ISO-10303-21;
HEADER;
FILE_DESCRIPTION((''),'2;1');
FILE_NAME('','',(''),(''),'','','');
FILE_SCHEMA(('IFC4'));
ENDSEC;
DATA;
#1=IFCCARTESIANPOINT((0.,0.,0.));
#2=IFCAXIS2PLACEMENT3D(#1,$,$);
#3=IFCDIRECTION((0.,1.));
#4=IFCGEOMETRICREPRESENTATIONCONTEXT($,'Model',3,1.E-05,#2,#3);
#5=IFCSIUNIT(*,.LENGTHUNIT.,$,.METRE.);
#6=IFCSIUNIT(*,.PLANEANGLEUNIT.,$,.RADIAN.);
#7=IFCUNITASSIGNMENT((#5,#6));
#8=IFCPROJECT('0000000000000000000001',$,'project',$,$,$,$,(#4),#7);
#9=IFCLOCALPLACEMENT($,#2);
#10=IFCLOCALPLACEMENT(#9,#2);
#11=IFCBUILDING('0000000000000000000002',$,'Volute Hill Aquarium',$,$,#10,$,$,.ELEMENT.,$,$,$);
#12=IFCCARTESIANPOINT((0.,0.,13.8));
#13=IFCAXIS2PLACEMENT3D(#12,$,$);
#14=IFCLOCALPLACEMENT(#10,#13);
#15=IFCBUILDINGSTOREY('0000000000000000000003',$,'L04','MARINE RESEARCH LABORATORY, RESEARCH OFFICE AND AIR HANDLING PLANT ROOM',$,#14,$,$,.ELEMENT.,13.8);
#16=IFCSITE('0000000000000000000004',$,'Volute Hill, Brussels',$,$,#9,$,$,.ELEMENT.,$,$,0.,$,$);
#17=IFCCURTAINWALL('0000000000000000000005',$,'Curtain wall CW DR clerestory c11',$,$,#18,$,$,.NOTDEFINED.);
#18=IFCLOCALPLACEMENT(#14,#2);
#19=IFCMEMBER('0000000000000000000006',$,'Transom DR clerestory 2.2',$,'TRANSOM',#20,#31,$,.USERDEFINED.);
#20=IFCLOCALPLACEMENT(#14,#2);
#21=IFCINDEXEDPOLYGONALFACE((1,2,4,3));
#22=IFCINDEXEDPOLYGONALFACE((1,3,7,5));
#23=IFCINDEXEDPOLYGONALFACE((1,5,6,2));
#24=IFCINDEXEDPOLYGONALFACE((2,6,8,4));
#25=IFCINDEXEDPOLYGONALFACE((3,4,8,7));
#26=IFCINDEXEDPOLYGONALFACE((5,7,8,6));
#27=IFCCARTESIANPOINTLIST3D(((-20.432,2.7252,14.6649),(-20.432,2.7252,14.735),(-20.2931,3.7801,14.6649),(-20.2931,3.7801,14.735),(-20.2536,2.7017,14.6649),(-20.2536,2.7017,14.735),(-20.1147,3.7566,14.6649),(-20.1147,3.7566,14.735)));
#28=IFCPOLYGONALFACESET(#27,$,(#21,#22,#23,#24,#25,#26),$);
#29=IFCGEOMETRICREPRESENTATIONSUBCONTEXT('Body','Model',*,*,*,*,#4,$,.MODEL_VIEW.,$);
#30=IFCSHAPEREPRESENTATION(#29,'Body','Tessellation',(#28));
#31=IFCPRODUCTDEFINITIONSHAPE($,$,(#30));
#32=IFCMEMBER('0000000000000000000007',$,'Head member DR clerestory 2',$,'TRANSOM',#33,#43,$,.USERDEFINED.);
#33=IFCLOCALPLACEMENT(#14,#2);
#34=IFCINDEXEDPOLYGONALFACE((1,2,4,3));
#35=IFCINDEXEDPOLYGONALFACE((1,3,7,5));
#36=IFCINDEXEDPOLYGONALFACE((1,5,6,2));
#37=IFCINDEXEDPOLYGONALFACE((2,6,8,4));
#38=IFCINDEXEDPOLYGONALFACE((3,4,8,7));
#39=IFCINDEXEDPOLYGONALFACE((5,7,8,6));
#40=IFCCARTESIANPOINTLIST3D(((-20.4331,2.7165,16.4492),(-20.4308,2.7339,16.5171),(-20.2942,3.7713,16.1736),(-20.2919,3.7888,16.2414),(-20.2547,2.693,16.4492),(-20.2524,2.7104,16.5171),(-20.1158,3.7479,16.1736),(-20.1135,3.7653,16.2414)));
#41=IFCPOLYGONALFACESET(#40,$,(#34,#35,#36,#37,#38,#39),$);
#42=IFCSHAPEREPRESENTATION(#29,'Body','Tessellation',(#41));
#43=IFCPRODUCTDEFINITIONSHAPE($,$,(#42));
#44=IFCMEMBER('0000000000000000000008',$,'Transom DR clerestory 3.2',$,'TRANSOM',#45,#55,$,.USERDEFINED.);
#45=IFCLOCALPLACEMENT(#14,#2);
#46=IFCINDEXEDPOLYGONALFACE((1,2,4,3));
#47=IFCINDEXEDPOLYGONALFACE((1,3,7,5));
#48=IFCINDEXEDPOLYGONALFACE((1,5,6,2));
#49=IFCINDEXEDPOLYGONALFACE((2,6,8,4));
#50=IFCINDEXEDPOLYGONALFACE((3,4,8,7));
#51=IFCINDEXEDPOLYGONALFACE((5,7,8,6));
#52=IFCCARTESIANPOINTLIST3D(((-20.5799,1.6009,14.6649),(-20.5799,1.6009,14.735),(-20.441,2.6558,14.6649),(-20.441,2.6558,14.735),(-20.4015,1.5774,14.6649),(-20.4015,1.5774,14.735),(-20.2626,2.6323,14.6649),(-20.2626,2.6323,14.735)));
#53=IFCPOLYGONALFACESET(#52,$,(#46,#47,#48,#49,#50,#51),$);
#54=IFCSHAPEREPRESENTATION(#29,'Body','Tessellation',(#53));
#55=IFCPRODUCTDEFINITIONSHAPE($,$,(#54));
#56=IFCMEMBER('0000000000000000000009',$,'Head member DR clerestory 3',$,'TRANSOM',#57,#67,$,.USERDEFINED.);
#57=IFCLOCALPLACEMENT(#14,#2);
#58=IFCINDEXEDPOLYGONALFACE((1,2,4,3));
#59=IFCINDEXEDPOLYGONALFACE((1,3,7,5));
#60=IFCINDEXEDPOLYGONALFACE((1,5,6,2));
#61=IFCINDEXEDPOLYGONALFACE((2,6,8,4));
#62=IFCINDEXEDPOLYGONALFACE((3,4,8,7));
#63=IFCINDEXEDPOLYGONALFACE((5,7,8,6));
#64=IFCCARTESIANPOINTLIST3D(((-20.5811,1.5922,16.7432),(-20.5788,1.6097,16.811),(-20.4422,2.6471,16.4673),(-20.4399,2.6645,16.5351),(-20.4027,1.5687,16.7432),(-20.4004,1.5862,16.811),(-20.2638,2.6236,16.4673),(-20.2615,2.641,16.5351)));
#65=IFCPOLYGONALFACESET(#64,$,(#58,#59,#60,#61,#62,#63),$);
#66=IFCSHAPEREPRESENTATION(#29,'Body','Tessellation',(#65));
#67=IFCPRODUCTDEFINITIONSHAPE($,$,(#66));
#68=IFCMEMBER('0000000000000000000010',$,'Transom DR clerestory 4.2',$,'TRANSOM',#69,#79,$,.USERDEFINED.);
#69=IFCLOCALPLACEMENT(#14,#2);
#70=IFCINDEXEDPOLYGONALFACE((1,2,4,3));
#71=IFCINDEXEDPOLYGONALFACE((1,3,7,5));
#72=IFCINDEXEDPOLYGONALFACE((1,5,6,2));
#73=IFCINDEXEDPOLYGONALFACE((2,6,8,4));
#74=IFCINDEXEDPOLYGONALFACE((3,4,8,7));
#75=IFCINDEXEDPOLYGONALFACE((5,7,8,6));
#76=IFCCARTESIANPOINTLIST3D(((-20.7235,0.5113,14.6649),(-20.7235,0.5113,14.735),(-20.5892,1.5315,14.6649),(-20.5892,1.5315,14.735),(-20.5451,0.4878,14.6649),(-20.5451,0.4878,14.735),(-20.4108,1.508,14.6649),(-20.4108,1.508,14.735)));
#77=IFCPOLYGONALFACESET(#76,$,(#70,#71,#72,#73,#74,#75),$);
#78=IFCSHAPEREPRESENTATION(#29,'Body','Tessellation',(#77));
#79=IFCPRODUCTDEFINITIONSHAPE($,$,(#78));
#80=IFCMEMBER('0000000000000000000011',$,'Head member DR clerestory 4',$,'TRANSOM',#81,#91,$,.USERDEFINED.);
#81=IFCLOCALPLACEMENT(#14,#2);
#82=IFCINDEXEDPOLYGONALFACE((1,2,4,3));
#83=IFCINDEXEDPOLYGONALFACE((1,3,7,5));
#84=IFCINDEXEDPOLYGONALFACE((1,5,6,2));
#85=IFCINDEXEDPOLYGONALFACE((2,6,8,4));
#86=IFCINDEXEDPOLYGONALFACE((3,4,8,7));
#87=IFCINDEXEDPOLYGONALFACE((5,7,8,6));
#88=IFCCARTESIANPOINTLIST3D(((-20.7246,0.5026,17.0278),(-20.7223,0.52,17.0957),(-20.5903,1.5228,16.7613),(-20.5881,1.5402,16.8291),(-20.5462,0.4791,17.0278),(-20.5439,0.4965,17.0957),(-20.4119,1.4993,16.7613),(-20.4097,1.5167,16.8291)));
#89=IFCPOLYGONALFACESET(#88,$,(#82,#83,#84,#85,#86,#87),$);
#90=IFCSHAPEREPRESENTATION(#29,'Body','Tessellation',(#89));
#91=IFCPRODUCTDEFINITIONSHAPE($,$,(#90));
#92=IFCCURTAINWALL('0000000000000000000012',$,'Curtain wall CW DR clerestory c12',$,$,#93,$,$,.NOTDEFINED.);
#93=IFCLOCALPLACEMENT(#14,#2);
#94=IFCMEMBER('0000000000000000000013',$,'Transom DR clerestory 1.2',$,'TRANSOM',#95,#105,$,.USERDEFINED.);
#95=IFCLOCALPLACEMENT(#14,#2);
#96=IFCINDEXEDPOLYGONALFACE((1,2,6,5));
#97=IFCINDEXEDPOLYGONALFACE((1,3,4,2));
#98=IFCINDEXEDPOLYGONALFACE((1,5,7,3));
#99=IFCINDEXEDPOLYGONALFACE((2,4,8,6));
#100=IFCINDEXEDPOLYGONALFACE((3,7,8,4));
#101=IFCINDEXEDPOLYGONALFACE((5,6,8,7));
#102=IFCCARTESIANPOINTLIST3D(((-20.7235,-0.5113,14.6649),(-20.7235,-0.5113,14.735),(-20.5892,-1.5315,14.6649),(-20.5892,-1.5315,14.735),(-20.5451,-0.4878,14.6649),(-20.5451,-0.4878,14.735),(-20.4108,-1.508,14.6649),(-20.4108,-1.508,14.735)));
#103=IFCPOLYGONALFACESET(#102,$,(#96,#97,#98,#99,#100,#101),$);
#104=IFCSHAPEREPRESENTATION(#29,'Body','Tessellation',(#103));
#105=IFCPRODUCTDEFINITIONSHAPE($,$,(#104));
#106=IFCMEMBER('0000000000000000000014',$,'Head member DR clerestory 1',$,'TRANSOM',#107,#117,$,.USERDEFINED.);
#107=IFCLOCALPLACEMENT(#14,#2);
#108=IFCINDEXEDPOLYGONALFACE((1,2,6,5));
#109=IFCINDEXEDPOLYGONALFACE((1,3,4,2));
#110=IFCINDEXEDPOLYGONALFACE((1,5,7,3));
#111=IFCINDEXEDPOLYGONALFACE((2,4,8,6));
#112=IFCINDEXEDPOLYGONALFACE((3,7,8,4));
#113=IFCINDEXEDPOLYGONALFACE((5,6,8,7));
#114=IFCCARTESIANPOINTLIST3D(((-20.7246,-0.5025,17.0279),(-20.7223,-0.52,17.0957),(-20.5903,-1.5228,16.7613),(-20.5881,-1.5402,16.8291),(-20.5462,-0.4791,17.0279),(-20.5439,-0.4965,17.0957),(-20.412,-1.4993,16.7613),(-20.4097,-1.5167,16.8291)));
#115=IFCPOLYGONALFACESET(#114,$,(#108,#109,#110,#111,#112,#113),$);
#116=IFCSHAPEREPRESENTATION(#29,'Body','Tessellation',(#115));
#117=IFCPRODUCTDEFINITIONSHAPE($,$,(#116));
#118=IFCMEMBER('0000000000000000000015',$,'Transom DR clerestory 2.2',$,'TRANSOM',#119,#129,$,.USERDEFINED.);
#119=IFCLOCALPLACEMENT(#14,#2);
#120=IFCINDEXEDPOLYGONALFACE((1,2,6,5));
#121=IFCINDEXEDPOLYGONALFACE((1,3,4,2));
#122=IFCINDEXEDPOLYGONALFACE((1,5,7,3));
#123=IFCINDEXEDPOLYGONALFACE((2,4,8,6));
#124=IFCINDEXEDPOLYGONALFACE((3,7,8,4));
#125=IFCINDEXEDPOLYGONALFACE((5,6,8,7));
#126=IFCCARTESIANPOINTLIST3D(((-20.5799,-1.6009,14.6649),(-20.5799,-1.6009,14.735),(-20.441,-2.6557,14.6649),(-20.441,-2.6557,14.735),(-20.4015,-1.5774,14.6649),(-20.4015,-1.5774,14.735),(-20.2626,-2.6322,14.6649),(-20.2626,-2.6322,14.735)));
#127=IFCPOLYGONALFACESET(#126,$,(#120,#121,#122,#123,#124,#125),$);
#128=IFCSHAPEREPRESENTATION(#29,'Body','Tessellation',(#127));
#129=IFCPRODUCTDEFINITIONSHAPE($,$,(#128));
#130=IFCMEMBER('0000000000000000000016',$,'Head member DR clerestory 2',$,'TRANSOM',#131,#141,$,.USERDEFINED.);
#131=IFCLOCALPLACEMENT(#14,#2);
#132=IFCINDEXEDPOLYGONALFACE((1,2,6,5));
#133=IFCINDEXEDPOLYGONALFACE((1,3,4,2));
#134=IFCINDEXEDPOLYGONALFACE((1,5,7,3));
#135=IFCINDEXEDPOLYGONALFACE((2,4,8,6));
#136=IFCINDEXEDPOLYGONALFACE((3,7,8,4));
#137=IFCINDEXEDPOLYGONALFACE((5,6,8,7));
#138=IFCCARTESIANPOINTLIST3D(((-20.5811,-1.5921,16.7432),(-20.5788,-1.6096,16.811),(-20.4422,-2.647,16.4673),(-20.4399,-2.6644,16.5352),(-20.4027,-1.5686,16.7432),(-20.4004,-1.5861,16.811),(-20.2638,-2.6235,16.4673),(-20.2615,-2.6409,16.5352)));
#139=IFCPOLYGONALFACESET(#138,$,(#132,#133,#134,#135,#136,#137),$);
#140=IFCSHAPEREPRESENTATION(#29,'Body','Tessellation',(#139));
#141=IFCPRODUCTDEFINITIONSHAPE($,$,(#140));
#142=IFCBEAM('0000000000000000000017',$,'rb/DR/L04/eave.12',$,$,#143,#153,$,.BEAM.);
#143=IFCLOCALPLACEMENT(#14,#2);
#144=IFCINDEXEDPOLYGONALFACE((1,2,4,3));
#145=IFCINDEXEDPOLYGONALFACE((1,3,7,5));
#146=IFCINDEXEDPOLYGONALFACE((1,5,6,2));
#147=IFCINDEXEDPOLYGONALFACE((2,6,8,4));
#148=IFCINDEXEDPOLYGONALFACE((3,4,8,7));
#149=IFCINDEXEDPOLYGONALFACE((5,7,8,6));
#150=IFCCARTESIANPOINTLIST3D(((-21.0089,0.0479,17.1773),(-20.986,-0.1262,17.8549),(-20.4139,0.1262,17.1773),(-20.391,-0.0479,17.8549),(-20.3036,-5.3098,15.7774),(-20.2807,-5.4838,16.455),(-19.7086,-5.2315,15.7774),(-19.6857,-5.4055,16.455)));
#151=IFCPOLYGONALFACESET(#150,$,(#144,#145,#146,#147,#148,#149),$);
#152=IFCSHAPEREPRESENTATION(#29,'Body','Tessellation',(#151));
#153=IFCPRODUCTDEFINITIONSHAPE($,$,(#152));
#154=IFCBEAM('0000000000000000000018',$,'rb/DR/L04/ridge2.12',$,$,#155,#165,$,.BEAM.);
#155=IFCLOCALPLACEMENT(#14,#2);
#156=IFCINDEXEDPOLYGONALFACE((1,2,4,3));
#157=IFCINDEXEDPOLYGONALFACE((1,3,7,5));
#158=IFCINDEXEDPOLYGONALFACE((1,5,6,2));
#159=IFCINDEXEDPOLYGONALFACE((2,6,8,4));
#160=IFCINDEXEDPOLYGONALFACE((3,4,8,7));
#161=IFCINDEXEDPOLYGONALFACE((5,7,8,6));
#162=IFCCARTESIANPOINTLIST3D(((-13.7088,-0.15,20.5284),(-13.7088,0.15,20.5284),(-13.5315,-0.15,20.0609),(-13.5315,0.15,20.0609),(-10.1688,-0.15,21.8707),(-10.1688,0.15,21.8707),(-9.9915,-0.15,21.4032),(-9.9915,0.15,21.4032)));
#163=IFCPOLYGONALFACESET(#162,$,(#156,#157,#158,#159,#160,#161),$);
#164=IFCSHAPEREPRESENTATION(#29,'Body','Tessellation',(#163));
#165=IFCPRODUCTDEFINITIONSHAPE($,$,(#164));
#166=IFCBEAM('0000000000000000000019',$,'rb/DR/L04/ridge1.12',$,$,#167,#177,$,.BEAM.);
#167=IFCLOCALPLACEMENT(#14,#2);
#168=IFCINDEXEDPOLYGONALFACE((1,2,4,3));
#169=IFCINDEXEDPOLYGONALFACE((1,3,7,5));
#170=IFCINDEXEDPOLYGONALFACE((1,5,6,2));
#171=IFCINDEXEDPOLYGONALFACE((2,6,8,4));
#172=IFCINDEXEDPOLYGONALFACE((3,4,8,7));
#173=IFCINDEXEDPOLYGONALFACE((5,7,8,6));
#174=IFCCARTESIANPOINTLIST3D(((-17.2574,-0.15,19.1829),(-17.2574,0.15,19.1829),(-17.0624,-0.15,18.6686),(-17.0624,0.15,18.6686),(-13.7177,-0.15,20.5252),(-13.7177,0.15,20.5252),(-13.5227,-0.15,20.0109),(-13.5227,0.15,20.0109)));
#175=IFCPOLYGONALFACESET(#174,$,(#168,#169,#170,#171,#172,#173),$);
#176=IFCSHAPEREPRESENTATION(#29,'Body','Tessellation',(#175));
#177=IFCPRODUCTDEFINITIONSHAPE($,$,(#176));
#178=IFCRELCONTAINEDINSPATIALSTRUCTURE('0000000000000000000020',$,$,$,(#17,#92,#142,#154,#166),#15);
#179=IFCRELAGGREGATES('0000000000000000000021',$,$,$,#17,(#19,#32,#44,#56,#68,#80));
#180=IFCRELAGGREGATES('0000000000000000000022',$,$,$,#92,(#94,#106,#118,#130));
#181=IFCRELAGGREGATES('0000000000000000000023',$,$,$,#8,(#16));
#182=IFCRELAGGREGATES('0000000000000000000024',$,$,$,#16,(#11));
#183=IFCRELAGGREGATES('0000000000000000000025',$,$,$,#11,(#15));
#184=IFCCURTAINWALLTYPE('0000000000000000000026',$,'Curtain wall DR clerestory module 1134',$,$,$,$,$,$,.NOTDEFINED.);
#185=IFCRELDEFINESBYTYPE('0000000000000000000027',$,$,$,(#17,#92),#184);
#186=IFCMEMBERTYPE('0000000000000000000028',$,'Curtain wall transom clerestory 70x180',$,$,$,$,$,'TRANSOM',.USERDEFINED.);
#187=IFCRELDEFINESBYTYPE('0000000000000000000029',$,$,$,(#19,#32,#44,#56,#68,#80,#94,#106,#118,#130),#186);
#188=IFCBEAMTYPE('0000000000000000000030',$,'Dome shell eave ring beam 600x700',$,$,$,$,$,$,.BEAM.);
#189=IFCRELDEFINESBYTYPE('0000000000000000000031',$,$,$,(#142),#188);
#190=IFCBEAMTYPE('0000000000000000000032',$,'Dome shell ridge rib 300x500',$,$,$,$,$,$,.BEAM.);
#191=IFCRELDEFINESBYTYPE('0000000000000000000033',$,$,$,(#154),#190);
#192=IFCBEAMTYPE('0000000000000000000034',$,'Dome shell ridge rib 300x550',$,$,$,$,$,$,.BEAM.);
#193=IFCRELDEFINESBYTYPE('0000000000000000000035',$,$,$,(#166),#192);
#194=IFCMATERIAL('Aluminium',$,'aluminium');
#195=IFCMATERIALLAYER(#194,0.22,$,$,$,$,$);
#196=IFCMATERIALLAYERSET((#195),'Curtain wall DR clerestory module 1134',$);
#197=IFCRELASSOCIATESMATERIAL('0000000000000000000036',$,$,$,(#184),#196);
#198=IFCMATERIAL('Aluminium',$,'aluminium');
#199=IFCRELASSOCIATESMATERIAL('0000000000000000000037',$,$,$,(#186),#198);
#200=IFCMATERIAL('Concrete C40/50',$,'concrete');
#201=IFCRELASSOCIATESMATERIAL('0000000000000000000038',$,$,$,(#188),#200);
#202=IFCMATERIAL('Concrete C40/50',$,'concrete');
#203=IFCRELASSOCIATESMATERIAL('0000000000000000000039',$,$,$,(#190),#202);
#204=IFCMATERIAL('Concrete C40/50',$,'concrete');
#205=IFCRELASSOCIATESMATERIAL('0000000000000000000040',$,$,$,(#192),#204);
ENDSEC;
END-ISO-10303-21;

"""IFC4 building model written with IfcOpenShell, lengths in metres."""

from ifc_helpers import new_model, si_unit, direction, frame, origin, origin_2d, place, context, subcontext, project, spatial, rectangle, extrude, material, layer, layer_set, material_profile, profile_set, type_object, element, aggregate, save


model = new_model("IFC4")

# Units and contexts
model_context = context("Model", 3, precision=1e-05, world=origin(), true_north=direction((0.0, 1.0)))
body_context = subcontext(model_context, "Body", "Model", "MODEL_VIEW")
ifc_project = project(units=[si_unit("LENGTHUNIT", "METRE"), si_unit("PLANEANGLEUNIT", "RADIAN")], contexts=[model_context])

# Site, building, storey
site_placement = place(None, origin())
site = spatial("IfcSite", under=ifc_project, at=site_placement, Name="Volute Hill, Brussels", CompositionType="ELEMENT", RefElevation=0.0)
building_placement = place(site_placement, origin())
building = spatial("IfcBuilding", under=site, at=building_placement, Name="Volute Hill Aquarium", CompositionType="ELEMENT")
storey_placement = place(building_placement, frame((0.0, 0.0, 13.8)))
storey = spatial("IfcBuildingStorey", under=building, at=storey_placement, Name="L04", Description="MARINE RESEARCH LABORATORY, RESEARCH OFFICE AND AIR HANDLING PLANT ROOM", CompositionType="ELEMENT", Elevation=13.8)

# Curtain walls, members
ifc_material_1 = material(Name="Aluminium", Category="aluminium")
ifc_layer_1 = layer(ifc_material_1, 0.22)
ifc_layer_set_1 = layer_set([ifc_layer_1], Name="Curtain wall DR clerestory module 1134")
curtain_wall_type = type_object("IfcCurtainWallType", Name="Curtain wall DR clerestory module 1134", PredefinedType="NOTDEFINED", material=ifc_layer_set_1)
curtain_wall_1_placement = place(storey_placement, origin())
curtain_wall_1 = element("IfcCurtainWall", 1, at=curtain_wall_1_placement, inside=storey, type_object=curtain_wall_type, Name="Curtain wall CW DR clerestory c11", PredefinedType="NOTDEFINED")
ifc_material_2 = material(Name="Aluminium", Category="aluminium")
ifc_material_profile_1 = material_profile(ifc_material_2, rectangle(XDim=0.1799, YDim=0.0701, at=origin_2d()), Name="Curtain wall transom clerestory 70x180")
ifc_profile_set_1 = profile_set([ifc_material_profile_1], Name="Aluminium")
member_type = type_object("IfcMemberType", Name="Curtain wall transom clerestory 70x180", ElementType="TRANSOM", PredefinedType="USERDEFINED", material=ifc_profile_set_1)
member_1_placement = place(storey_placement, frame((-20.2039, 3.7683, 14.7), z_axis=(-0.130555, -0.991441, 0.0), x_axis=(0.991441, -0.130555, 0.0)))
member_1 = element("IfcMember", 2, at=member_1_placement, type_object=member_type, Name="Transom DR clerestory 2.2", ObjectType="TRANSOM", PredefinedType="USERDEFINED", context=body_context, shape_type="SweptSolid", body=[
    extrude(rectangle(XDim=0.1799, YDim=0.0701, at=origin_2d()), origin(), (0.0, 0.0, 1.0), 1.064),
])
member_2_placement = place(storey_placement, frame((-20.2039, 3.7683, 16.2075), z_axis=(-0.126384, -0.959762, 0.250769), x_axis=(0.991441, -0.130555, 0.0)))
member_2 = element("IfcMember", 3, at=member_2_placement, type_object=member_type, Name="Head member DR clerestory 2", ObjectType="TRANSOM", PredefinedType="USERDEFINED", context=body_context, shape_type="SweptSolid", body=[
    extrude(rectangle(XDim=0.1799, YDim=0.0701, at=origin_2d()), origin(), (0.0, 0.0, 1.0), 1.0991),
])
member_3_placement = place(storey_placement, frame((-20.3518, 2.644, 14.7), z_axis=(-0.130555, -0.991441, 0.0), x_axis=(0.991441, -0.130555, 0.0)))
member_3 = element("IfcMember", 4, at=member_3_placement, type_object=member_type, Name="Transom DR clerestory 3.2", ObjectType="TRANSOM", PredefinedType="USERDEFINED", context=body_context, shape_type="SweptSolid", body=[
    extrude(rectangle(XDim=0.1799, YDim=0.0701, at=origin_2d()), origin(), (0.0, 0.0, 1.0), 1.064),
])
member_4_placement = place(storey_placement, frame((-20.3518, 2.644, 16.5012), z_axis=(-0.126377, -0.959708, 0.250977), x_axis=(0.991441, -0.130555, 0.0)))
member_4 = element("IfcMember", 5, at=member_4_placement, type_object=member_type, Name="Head member DR clerestory 3", ObjectType="TRANSOM", PredefinedType="USERDEFINED", context=body_context, shape_type="SweptSolid", body=[
    extrude(rectangle(XDim=0.1799, YDim=0.0701, at=origin_2d()), origin(), (0.0, 0.0, 1.0), 1.0991),
])
member_5_placement = place(storey_placement, frame((-20.5, 1.5198, 14.7), z_axis=(-0.130485, -0.99145, 0.0), x_axis=(0.99145, -0.130485, 0.0)))
member_5 = element("IfcMember", 6, at=member_5_placement, type_object=member_type, Name="Transom DR clerestory 4.2", ObjectType="TRANSOM", PredefinedType="USERDEFINED", context=body_context, shape_type="SweptSolid", body=[
    extrude(rectangle(XDim=0.1799, YDim=0.0701, at=origin_2d()), origin(), (0.0, 0.0, 1.0), 1.0291),
])
member_6_placement = place(storey_placement, frame((-20.5, 1.5198, 16.7952), z_axis=(-0.126315, -0.959764, 0.250793), x_axis=(0.99145, -0.130485, 0.0)))
member_6 = element("IfcMember", 7, at=member_6_placement, type_object=member_type, Name="Head member DR clerestory 4", ObjectType="TRANSOM", PredefinedType="USERDEFINED", context=body_context, shape_type="SweptSolid", body=[
    extrude(rectangle(XDim=0.1799, YDim=0.0701, at=origin_2d()), origin(), (0.0, 0.0, 1.0), 1.063),
])
curtain_wall_2_placement = place(storey_placement, origin())
curtain_wall_2 = element("IfcCurtainWall", 8, at=curtain_wall_2_placement, inside=storey, type_object=curtain_wall_type, Name="Curtain wall CW DR clerestory c12", PredefinedType="NOTDEFINED")
member_7_placement = place(storey_placement, frame((-20.6343, -0.4995, 14.7), z_axis=(0.130485, -0.99145, 0.0), x_axis=(0.99145, 0.130485, 0.0)))
member_7 = element("IfcMember", 9, at=member_7_placement, type_object=member_type, Name="Transom DR clerestory 1.2", ObjectType="TRANSOM", PredefinedType="USERDEFINED", context=body_context, shape_type="SweptSolid", body=[
    extrude(rectangle(XDim=0.1799, YDim=0.0701, at=origin_2d()), origin(), (0.0, 0.0, 1.0), 1.0291),
])
member_8_placement = place(storey_placement, frame((-20.6343, -0.4995, 17.0618), z_axis=(0.126315, -0.959764, -0.250793), x_axis=(0.99145, 0.130485, 0.0)))
member_8 = element("IfcMember", 10, at=member_8_placement, type_object=member_type, Name="Head member DR clerestory 1", ObjectType="TRANSOM", PredefinedType="USERDEFINED", context=body_context, shape_type="SweptSolid", body=[
    extrude(rectangle(XDim=0.1799, YDim=0.0701, at=origin_2d()), origin(), (0.0, 0.0, 1.0), 1.063),
])
member_9_placement = place(storey_placement, frame((-20.4907, -1.5891, 14.7), z_axis=(0.130555, -0.991441, 0.0), x_axis=(0.991441, 0.130555, 0.0)))
member_9 = element("IfcMember", 11, at=member_9_placement, type_object=member_type, Name="Transom DR clerestory 2.2", ObjectType="TRANSOM", PredefinedType="USERDEFINED", context=body_context, shape_type="SweptSolid", body=[
    extrude(rectangle(XDim=0.1799, YDim=0.0701, at=origin_2d()), origin(), (0.0, 0.0, 1.0), 1.064),
])
member_10_placement = place(storey_placement, frame((-20.4907, -1.5891, 16.7771), z_axis=(0.126377, -0.959708, -0.250977), x_axis=(0.991441, 0.130555, 0.0)))
member_10 = element("IfcMember", 12, at=member_10_placement, type_object=member_type, Name="Head member DR clerestory 2", ObjectType="TRANSOM", PredefinedType="USERDEFINED", context=body_context, shape_type="SweptSolid", body=[
    extrude(rectangle(XDim=0.1799, YDim=0.0701, at=origin_2d()), origin(), (0.0, 0.0, 1.0), 1.0991),
])

# Beams
ifc_material_3 = material(Name="Concrete C40/50", Category="concrete")
ifc_material_profile_2 = material_profile(ifc_material_3, rectangle(XDim=0.6001, YDim=0.7, at=origin_2d()), Name="RC beam 600x700")
ifc_profile_set_2 = profile_set([ifc_material_profile_2], Name="Concrete C40/50")
beam_type_1 = type_object("IfcBeamType", Name="Dome shell eave ring beam 600x700", PredefinedType="BEAM", material=ifc_profile_set_2)
beam_1_placement = place(storey_placement, frame((-20.7, 0.0, 17.5161), z_axis=(0.12635, -0.959764, -0.250776), x_axis=(0.991446, 0.130521, 0.0)))
element("IfcBeam", 13, at=beam_1_placement, inside=storey, type_object=beam_type_1, Name="rb/DR/L04/eave.12", PredefinedType="BEAM", context=body_context, shape_type="SweptSolid", body=[
    extrude(rectangle(XDim=0.6001, YDim=0.7, at=origin_2d()), origin(), (0.0, 0.0, 1.0), 5.5823),
])
ifc_material_4 = material(Name="Concrete C40/50", Category="concrete")
ifc_material_profile_3 = material_profile(ifc_material_4, rectangle(XDim=0.3, YDim=0.5, at=origin_2d()), Name="RC rib 300x500")
ifc_profile_set_3 = profile_set([ifc_material_profile_3], Name="Concrete C40/50")
beam_type_2 = type_object("IfcBeamType", Name="Dome shell ridge rib 300x500", PredefinedType="BEAM", material=ifc_profile_set_3)
beam_2_placement = place(storey_placement, frame((-13.6201, 0.0, 20.2947), z_axis=(0.93504, 0.0, 0.354541), x_axis=(0.0, 1.0, 0.0)))
element("IfcBeam", 14, at=beam_2_placement, inside=storey, type_object=beam_type_2, Name="rb/DR/L04/ridge2.12", PredefinedType="BEAM", context=body_context, shape_type="SweptSolid", body=[
    extrude(rectangle(XDim=0.3, YDim=0.5, at=origin_2d()), origin(), (0.0, 0.0, 1.0), 3.7859),
])
ifc_material_5 = material(Name="Concrete C40/50", Category="concrete")
ifc_material_profile_4 = material_profile(ifc_material_5, rectangle(XDim=0.3, YDim=0.55, at=origin_2d()), Name="RC rib 300x550")
ifc_profile_set_4 = profile_set([ifc_material_profile_4], Name="Concrete C40/50")
beam_type_3 = type_object("IfcBeamType", Name="Dome shell ridge rib 300x550", PredefinedType="BEAM", material=ifc_profile_set_4)
beam_3_placement = place(storey_placement, frame((-17.1599, 0.0, 18.9258), z_axis=(0.935032, 0.0, 0.354563), x_axis=(0.0, 1.0, 0.0)))
element("IfcBeam", 15, at=beam_3_placement, inside=storey, type_object=beam_type_3, Name="rb/DR/L04/ridge1.12", PredefinedType="BEAM", context=body_context, shape_type="SweptSolid", body=[
    extrude(rectangle(XDim=0.3, YDim=0.55, at=origin_2d()), origin(), (0.0, 0.0, 1.0), 3.7856),
])

aggregate(curtain_wall_1, [member_1, member_2, member_3, member_4, member_5, member_6])
aggregate(curtain_wall_2, [member_7, member_8, member_9, member_10])

save(model, "model.ifc")
